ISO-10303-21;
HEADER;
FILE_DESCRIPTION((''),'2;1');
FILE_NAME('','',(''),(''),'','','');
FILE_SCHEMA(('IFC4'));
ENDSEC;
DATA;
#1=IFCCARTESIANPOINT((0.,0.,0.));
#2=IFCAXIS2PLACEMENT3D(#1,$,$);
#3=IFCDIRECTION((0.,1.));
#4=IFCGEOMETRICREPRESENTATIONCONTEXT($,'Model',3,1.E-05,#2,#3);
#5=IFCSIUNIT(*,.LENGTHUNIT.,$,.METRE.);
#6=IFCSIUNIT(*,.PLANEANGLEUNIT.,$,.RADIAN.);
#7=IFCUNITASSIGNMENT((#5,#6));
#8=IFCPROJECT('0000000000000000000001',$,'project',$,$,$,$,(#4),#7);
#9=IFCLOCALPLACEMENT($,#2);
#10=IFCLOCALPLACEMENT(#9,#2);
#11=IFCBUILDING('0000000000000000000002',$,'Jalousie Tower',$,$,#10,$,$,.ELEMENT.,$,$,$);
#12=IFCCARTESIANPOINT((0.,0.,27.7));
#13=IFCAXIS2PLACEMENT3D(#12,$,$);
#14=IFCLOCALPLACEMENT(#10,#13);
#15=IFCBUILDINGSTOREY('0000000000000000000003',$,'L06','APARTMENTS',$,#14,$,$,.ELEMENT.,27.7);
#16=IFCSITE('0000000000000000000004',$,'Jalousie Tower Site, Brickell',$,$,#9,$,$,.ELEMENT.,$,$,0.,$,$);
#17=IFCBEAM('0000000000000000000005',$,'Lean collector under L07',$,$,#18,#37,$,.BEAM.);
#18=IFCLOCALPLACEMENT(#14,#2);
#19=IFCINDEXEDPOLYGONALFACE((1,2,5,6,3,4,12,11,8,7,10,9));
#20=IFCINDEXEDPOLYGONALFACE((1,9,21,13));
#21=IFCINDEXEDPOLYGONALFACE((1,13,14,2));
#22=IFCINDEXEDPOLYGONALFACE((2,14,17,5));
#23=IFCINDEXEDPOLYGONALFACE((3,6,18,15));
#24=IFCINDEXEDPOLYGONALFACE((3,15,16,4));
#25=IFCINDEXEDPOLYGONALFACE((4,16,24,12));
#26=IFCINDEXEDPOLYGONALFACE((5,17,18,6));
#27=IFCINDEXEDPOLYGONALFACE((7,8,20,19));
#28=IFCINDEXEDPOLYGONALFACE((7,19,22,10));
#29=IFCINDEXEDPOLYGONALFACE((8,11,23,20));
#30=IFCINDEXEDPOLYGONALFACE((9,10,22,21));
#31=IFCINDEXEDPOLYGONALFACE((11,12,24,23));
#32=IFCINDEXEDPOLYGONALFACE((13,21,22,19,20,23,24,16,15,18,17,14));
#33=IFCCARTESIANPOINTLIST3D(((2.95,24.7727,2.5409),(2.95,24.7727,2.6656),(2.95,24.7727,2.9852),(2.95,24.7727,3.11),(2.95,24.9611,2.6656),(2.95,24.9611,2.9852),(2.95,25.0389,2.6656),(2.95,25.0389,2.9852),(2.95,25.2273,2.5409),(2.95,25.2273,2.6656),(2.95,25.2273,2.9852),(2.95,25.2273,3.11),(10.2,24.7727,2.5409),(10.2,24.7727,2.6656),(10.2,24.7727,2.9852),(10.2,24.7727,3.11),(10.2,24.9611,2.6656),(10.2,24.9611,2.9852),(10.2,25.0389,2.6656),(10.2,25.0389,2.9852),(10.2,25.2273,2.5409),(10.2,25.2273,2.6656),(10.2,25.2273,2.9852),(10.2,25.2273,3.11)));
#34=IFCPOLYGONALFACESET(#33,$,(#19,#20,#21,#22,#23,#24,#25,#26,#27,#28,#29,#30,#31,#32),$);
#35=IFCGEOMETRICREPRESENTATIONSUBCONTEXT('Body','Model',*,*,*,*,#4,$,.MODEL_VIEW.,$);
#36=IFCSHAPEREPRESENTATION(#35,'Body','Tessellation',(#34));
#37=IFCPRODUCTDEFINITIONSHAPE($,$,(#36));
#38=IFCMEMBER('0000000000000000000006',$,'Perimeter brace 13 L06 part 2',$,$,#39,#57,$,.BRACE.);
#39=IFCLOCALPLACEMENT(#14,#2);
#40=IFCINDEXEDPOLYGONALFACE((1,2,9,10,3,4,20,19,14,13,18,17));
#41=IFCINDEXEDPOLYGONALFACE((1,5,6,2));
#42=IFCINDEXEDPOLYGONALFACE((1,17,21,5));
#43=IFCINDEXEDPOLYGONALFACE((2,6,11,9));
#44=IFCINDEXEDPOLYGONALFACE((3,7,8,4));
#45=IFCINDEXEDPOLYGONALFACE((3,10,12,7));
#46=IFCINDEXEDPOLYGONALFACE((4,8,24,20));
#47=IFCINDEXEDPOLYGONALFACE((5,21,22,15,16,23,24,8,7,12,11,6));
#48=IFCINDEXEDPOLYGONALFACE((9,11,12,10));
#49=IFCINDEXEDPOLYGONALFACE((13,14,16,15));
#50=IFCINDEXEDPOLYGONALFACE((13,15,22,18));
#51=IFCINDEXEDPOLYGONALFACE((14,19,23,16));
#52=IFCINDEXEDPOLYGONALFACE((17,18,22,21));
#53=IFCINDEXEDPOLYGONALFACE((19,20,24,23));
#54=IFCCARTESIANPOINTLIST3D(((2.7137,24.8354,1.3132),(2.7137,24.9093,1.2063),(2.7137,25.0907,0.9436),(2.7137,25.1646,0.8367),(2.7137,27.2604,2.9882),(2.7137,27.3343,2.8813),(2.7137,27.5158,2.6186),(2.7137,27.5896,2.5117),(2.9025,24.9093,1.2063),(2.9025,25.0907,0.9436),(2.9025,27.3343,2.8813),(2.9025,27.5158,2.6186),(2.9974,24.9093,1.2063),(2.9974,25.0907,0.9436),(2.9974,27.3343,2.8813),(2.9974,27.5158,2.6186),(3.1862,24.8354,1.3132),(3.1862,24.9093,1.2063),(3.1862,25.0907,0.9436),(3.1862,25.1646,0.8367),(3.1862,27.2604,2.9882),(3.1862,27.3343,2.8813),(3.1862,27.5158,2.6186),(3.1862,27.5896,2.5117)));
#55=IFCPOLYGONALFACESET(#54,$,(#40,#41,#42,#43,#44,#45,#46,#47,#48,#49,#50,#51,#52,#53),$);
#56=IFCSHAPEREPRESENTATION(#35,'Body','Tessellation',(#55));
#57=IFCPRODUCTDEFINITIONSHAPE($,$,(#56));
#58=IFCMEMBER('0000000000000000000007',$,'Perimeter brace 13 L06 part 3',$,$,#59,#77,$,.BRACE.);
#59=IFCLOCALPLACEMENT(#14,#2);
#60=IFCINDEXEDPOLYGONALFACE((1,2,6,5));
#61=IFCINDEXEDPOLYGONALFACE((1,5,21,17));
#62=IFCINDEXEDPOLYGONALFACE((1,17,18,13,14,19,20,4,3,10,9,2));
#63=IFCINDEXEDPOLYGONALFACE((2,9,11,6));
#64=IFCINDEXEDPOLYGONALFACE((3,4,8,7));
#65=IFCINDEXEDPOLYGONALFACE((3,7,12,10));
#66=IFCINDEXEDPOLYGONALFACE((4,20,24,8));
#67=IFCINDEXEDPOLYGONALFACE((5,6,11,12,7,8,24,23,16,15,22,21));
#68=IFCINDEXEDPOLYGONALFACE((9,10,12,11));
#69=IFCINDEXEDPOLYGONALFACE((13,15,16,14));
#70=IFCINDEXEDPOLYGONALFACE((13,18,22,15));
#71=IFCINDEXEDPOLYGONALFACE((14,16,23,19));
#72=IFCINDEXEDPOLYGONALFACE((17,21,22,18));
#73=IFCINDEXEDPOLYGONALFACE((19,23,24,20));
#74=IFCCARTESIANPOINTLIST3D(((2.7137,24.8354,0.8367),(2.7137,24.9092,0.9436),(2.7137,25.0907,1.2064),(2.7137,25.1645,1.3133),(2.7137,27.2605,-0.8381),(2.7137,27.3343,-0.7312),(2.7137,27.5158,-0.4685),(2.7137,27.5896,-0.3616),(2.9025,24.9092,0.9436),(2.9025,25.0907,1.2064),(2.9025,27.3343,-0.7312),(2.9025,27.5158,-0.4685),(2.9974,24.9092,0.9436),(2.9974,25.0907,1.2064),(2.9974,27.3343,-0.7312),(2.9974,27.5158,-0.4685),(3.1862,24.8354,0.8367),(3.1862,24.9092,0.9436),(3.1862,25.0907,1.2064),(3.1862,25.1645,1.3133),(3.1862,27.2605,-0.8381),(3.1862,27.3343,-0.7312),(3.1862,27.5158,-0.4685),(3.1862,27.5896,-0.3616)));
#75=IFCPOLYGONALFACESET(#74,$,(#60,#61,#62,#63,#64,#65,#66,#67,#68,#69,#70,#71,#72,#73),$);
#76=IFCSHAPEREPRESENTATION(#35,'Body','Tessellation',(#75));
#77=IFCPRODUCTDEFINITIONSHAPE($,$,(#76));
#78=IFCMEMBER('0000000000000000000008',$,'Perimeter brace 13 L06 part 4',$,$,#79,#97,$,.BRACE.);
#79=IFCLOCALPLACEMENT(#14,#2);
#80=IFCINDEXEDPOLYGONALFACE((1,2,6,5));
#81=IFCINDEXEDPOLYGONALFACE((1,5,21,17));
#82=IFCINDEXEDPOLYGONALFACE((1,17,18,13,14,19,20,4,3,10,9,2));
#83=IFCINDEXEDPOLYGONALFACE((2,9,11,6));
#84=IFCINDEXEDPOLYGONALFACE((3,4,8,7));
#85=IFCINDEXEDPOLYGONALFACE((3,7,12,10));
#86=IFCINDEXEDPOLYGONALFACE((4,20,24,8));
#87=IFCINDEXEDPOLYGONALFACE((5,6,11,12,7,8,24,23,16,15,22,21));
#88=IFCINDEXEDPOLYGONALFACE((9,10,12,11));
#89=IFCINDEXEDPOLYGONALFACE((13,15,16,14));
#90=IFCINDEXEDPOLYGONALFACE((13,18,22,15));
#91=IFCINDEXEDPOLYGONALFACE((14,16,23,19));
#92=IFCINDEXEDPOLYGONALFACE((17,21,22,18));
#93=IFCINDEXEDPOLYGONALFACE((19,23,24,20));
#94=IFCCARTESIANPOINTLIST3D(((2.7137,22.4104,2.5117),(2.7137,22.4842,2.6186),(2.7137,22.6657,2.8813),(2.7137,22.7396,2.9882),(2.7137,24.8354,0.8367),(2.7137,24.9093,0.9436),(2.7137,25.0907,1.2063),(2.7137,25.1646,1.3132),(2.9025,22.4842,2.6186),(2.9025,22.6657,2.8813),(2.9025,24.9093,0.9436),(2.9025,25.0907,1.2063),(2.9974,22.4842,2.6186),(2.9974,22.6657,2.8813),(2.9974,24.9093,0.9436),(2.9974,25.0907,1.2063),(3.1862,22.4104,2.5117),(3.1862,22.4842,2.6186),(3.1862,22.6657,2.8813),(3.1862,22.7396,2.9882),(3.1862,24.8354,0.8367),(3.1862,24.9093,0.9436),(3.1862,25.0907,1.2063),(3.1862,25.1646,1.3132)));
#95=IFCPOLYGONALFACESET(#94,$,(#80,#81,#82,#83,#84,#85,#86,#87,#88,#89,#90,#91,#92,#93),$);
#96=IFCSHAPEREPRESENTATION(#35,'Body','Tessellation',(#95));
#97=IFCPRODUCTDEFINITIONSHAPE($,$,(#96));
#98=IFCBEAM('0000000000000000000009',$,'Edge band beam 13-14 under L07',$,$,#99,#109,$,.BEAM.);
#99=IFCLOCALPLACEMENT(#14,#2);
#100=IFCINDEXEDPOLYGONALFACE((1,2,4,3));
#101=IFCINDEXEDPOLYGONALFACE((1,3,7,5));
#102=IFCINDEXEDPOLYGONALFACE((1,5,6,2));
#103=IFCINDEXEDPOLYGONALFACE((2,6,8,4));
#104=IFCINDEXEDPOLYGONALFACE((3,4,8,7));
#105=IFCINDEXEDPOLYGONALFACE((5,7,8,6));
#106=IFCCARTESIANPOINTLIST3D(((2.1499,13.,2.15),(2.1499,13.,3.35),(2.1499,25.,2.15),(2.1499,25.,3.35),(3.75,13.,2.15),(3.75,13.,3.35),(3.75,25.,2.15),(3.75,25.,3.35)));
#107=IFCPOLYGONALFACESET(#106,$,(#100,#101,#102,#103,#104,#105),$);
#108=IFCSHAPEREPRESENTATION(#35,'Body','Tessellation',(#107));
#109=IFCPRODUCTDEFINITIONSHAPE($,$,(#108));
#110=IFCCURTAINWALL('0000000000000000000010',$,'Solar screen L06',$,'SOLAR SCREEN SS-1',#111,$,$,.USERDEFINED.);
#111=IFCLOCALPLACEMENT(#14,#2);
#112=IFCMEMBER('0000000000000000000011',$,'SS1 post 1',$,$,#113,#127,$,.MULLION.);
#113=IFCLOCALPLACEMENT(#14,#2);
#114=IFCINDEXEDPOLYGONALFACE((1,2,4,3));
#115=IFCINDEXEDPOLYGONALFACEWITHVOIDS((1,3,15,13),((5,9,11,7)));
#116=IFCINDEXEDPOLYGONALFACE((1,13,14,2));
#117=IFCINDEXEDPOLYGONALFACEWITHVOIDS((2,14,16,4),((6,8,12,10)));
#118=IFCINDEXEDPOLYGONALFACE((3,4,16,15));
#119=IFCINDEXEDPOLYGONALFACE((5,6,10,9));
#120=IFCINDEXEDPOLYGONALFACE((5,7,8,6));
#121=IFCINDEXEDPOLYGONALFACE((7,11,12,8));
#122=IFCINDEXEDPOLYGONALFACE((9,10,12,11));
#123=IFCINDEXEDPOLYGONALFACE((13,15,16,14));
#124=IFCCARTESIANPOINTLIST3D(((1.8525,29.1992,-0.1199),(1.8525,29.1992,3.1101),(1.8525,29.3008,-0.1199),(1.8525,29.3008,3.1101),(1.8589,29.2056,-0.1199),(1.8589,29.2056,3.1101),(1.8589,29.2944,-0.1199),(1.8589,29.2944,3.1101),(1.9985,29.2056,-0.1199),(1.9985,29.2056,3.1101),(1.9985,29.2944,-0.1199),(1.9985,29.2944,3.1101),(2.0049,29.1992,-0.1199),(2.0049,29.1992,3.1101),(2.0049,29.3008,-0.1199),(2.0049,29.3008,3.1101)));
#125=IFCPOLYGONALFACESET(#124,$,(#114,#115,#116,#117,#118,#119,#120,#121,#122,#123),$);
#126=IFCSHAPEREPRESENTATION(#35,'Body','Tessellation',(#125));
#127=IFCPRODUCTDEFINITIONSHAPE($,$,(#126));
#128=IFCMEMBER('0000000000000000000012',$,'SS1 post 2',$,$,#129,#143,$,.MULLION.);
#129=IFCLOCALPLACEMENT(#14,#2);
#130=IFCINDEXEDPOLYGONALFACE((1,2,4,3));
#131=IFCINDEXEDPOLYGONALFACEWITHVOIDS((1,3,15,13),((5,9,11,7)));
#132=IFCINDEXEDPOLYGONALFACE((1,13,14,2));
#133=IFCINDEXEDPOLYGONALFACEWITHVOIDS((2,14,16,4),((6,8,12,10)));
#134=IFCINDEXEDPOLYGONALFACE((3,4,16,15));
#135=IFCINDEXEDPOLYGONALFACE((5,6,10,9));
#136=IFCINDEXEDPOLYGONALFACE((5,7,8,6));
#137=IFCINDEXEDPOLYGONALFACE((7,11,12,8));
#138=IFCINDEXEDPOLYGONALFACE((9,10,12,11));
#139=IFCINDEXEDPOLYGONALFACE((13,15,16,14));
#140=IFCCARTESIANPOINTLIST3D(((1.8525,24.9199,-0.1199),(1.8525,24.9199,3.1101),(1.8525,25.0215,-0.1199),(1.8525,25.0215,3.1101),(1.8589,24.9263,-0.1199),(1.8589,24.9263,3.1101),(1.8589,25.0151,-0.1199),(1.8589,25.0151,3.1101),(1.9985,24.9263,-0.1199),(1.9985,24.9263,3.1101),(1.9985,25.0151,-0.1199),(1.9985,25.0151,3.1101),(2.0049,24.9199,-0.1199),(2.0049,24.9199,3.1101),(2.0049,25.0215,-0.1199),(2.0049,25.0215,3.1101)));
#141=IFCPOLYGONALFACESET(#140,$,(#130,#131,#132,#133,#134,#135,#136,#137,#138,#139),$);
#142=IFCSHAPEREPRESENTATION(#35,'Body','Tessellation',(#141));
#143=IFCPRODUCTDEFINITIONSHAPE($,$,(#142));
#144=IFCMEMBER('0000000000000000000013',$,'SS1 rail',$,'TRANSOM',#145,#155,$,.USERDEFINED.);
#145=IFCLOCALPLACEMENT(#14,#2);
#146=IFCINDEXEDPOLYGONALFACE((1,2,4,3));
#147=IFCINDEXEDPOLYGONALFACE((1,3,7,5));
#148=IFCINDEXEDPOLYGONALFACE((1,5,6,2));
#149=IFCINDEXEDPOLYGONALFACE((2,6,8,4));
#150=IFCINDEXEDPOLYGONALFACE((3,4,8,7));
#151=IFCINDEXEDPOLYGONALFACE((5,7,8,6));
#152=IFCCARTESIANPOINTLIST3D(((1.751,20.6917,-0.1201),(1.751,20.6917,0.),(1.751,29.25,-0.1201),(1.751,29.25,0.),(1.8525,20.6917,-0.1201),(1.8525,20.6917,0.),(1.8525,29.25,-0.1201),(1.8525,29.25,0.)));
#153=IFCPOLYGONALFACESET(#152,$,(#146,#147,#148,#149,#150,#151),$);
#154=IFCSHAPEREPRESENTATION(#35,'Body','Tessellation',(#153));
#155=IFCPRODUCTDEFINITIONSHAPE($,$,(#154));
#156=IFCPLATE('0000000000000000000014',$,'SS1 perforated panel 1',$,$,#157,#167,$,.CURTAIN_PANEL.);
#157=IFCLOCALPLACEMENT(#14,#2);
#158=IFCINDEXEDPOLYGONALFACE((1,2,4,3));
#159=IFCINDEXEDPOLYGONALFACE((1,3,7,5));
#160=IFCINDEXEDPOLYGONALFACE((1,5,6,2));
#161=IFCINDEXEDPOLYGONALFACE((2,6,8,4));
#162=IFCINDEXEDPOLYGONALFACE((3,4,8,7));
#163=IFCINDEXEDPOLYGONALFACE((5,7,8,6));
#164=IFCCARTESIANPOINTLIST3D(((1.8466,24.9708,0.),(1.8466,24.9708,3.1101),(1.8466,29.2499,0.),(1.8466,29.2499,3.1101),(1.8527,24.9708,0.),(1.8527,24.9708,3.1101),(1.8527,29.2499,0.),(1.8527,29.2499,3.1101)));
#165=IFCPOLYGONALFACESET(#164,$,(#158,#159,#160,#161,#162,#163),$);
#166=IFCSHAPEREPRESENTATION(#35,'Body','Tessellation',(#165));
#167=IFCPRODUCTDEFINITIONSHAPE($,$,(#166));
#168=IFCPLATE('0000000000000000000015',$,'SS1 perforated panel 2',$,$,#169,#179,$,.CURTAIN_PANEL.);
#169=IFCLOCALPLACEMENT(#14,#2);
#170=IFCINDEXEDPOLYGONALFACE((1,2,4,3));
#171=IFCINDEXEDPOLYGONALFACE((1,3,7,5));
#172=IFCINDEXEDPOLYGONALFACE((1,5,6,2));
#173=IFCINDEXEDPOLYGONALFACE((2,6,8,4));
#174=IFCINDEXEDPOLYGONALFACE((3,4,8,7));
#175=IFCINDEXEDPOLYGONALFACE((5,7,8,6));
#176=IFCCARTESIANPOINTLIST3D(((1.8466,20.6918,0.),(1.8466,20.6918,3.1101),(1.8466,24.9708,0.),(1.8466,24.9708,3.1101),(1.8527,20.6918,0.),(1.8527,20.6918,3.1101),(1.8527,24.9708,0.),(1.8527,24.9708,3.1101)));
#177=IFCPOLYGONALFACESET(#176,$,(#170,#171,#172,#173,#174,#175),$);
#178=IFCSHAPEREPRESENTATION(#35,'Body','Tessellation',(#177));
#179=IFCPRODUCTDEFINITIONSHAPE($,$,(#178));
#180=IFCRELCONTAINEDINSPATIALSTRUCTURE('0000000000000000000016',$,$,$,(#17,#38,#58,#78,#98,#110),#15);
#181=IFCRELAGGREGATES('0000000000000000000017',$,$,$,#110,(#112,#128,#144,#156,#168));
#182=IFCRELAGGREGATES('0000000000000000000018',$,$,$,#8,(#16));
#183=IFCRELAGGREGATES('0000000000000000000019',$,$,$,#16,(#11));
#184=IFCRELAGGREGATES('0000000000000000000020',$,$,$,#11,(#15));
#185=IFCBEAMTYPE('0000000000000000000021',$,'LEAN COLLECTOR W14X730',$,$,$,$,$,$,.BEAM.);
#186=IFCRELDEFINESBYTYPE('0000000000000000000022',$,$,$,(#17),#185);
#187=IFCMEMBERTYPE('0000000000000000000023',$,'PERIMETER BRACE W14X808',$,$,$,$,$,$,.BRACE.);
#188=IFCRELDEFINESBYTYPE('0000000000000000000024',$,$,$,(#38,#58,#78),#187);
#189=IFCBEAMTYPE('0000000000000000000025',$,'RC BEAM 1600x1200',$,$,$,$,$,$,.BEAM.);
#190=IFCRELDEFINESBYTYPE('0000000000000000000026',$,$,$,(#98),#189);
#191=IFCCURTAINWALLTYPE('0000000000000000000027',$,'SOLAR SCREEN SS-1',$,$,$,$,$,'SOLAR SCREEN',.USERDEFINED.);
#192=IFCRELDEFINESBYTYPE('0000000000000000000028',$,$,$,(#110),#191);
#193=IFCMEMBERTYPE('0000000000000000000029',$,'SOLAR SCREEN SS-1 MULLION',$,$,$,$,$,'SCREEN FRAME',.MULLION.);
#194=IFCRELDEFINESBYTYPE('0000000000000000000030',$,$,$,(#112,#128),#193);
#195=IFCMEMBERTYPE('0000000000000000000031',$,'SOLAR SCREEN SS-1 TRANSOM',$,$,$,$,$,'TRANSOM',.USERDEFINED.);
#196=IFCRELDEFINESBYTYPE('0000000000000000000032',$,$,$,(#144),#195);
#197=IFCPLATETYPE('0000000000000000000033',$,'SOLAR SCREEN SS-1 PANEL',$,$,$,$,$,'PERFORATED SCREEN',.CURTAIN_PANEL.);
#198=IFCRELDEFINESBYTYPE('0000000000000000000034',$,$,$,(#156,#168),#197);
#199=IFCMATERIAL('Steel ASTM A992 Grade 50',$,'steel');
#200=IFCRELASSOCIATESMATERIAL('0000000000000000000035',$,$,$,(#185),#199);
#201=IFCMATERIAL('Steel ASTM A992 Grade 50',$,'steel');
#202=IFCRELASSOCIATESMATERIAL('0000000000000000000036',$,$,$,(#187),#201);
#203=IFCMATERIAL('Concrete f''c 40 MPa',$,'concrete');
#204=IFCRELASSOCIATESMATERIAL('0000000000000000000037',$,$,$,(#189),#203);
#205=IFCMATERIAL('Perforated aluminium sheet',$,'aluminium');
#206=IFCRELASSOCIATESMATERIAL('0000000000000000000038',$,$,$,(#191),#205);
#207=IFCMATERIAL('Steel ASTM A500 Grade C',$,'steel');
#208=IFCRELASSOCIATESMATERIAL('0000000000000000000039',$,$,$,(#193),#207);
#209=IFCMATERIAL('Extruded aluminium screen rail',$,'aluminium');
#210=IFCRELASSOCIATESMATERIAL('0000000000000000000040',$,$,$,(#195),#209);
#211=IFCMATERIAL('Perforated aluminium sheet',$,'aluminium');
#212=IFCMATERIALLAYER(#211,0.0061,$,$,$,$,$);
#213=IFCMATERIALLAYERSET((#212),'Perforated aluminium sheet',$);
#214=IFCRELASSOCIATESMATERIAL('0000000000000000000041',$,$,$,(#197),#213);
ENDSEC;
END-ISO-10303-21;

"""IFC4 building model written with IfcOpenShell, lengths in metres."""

from ifc_helpers import new_model, si_unit, direction, frame, origin, origin_2d, place, context, subcontext, project, spatial, rectangle, hollow_rectangle, i_section, extrude, material, layer, layer_set, material_profile, profile_set, type_object, element, aggregate, save


model = new_model("IFC4")

# Units and contexts
model_context = context("Model", 3, precision=1e-05, world=origin(), true_north=direction((0.0, 1.0)))
body_context = subcontext(model_context, "Body", "Model", "MODEL_VIEW")
ifc_project = project(units=[si_unit("LENGTHUNIT", "METRE"), si_unit("PLANEANGLEUNIT", "RADIAN")], contexts=[model_context])

# Site, building, storey
site_placement = place(None, origin())
site = spatial("IfcSite", under=ifc_project, at=site_placement, Name="Jalousie Tower Site, Brickell", CompositionType="ELEMENT", RefElevation=0.0)
building_placement = place(site_placement, origin())
building = spatial("IfcBuilding", under=site, at=building_placement, Name="Jalousie Tower", CompositionType="ELEMENT")
storey_placement = place(building_placement, frame((0.0, 0.0, 27.7)))
storey = spatial("IfcBuildingStorey", under=building, at=storey_placement, Name="L06", Description="APARTMENTS", CompositionType="ELEMENT", Elevation=27.7)

# Beam
ifc_material_1 = material(Name="Steel ASTM A992 Grade 50", Category="steel")
ifc_material_profile_1 = material_profile(ifc_material_1, i_section(OverallWidth=0.4546, OverallDepth=0.5691, WebThickness=0.0779, FlangeThickness=0.1248, at=origin_2d()), Name="W14X730")
ifc_profile_set_1 = profile_set([ifc_material_profile_1], Name="Steel ASTM A992 Grade 50")
beam_type_1 = type_object("IfcBeamType", Name="LEAN COLLECTOR W14X730", PredefinedType="BEAM", material=ifc_profile_set_1)
beam_1_placement = place(storey_placement, frame((2.95, 25.0, 2.8254), z_axis=(1.0, 0.0, 0.0), x_axis=(0.0, 1.0, 0.0)))
element("IfcBeam", 1, at=beam_1_placement, inside=storey, type_object=beam_type_1, Name="Lean collector under L07", PredefinedType="BEAM", context=body_context, shape_type="SweptSolid", body=[
    extrude(i_section(OverallWidth=0.4546, OverallDepth=0.5691, WebThickness=0.0779, FlangeThickness=0.1248, at=origin_2d()), origin(), (0.0, 0.0, 1.0), 7.25),
])

# Members
ifc_material_2 = material(Name="Steel ASTM A992 Grade 50", Category="steel")
ifc_material_profile_2 = material_profile(ifc_material_2, i_section(OverallWidth=0.4724, OverallDepth=0.5791, WebThickness=0.095, FlangeThickness=0.1299, at=origin_2d()), Name="W14X808")
ifc_profile_set_2 = profile_set([ifc_material_profile_2], Name="Steel ASTM A992 Grade 50")
member_type_1 = type_object("IfcMemberType", Name="PERIMETER BRACE W14X808", PredefinedType="BRACE", material=ifc_profile_set_2)
for number, where, z_axis, x_axis, name in (
    (2, (2.95, 25.0, 1.075), (0.0, 0.8228, 0.568331), (-1.0, 0.0, 0.0), "Perimeter brace 13 L06 part 2"),
    (3, (2.95, 27.425, -0.5999), (0.0, -0.822839, 0.568275), (1.0, 0.0, 0.0), "Perimeter brace 13 L06 part 3"),
    (4, (2.95, 25.0, 1.075), (0.0, -0.8228, 0.568331), (1.0, 0.0, 0.0), "Perimeter brace 13 L06 part 4"),
):
    element("IfcMember", number, at=place(storey_placement, frame(where, z_axis=z_axis, x_axis=x_axis)), inside=storey, type_object=member_type_1, Name=name, PredefinedType="BRACE", context=body_context, shape_type="SweptSolid", body=[
        extrude(i_section(OverallWidth=0.4724, OverallDepth=0.5791, WebThickness=0.095, FlangeThickness=0.1299, at=origin_2d()), origin(), (0.0, 0.0, 1.0), 2.9473),
    ])

# Beam
ifc_material_3 = material(Name="Concrete f'c 40 MPa", Category="concrete")
ifc_material_profile_3 = material_profile(ifc_material_3, rectangle(XDim=1.6001, YDim=1.2, at=origin_2d()), Name="RC 1600x1200")
ifc_profile_set_3 = profile_set([ifc_material_profile_3], Name="Concrete f'c 40 MPa")
beam_type_2 = type_object("IfcBeamType", Name="RC BEAM 1600x1200", PredefinedType="BEAM", material=ifc_profile_set_3)
beam_2_placement = place(storey_placement, frame((2.95, 25.0, 2.75), z_axis=(0.0, -1.0, 0.0), x_axis=(1.0, 0.0, 0.0)))
element("IfcBeam", 5, at=beam_2_placement, inside=storey, type_object=beam_type_2, Name="Edge band beam 13-14 under L07", PredefinedType="BEAM", context=body_context, shape_type="SweptSolid", body=[
    extrude(rectangle(XDim=1.6001, YDim=1.2, at=origin_2d()), origin(), (0.0, 0.0, 1.0), 12.0),
])

# Curtain wall, members, plates
ifc_material_4 = material(Name="Perforated aluminium sheet", Category="aluminium")
curtain_wall_type = type_object("IfcCurtainWallType", Name="SOLAR SCREEN SS-1", ElementType="SOLAR SCREEN", PredefinedType="USERDEFINED", material=ifc_material_4)
curtain_wall_placement = place(storey_placement, origin())
curtain_wall = element("IfcCurtainWall", 6, at=curtain_wall_placement, inside=storey, type_object=curtain_wall_type, Name="Solar screen L06", ObjectType="SOLAR SCREEN SS-1", PredefinedType="USERDEFINED")
ifc_material_5 = material(Name="Steel ASTM A500 Grade C", Category="steel")
ifc_material_profile_4 = material_profile(ifc_material_5, hollow_rectangle(XDim=0.1016, YDim=0.1523, WallThickness=0.0063, at=origin_2d()), Name="HSS6X4X1/4")
ifc_profile_set_4 = profile_set([ifc_material_profile_4], Name="Steel ASTM A500 Grade C")
member_type_2 = type_object("IfcMemberType", Name="SOLAR SCREEN SS-1 MULLION", ElementType="SCREEN FRAME", PredefinedType="MULLION", material=ifc_profile_set_4)
member_1_placement = place(storey_placement, frame((1.9287, 29.25, -0.1199), z_axis=(0.0, 0.0, 1.0), x_axis=(0.0, -1.0, 0.0)))
member_1 = element("IfcMember", 7, at=member_1_placement, type_object=member_type_2, Name="SS1 post 1", PredefinedType="MULLION", context=body_context, shape_type="SweptSolid", body=[
    extrude(hollow_rectangle(XDim=0.1016, YDim=0.1523, WallThickness=0.0063, at=origin_2d()), origin(), (0.0, 0.0, 1.0), 3.23),
])
member_2_placement = place(storey_placement, frame((1.9287, 24.9707, -0.1199), z_axis=(0.0, 0.0, 1.0), x_axis=(0.0, -1.0, 0.0)))
member_2 = element("IfcMember", 8, at=member_2_placement, type_object=member_type_2, Name="SS1 post 2", PredefinedType="MULLION", context=body_context, shape_type="SweptSolid", body=[
    extrude(hollow_rectangle(XDim=0.1016, YDim=0.1523, WallThickness=0.0063, at=origin_2d()), origin(), (0.0, 0.0, 1.0), 3.23),
])
ifc_material_6 = material(Name="Extruded aluminium screen rail", Category="aluminium")
ifc_material_profile_5 = material_profile(ifc_material_6, rectangle(XDim=0.1016, YDim=0.1201, at=origin_2d()), Name="RAIL 102x120")
ifc_profile_set_5 = profile_set([ifc_material_profile_5], Name="Extruded aluminium screen rail")
member_type_3 = type_object("IfcMemberType", Name="SOLAR SCREEN SS-1 TRANSOM", ElementType="TRANSOM", PredefinedType="USERDEFINED", material=ifc_profile_set_5)
member_3_placement = place(storey_placement, frame((1.8018, 29.25, -0.0601), z_axis=(0.0, -1.0, 0.0), x_axis=(1.0, 0.0, 0.0)))
member_3 = element("IfcMember", 9, at=member_3_placement, type_object=member_type_3, Name="SS1 rail", ObjectType="TRANSOM", PredefinedType="USERDEFINED", context=body_context, shape_type="SweptSolid", body=[
    extrude(rectangle(XDim=0.1016, YDim=0.1201, at=origin_2d()), origin(), (0.0, 0.0, 1.0), 8.5583),
])
ifc_material_7 = material(Name="Perforated aluminium sheet", Category="aluminium")
ifc_layer = layer(ifc_material_7, 0.0061)
ifc_layer_set = layer_set([ifc_layer], Name="Perforated aluminium sheet")
plate_type = type_object("IfcPlateType", Name="SOLAR SCREEN SS-1 PANEL", ElementType="PERFORATED SCREEN", PredefinedType="CURTAIN_PANEL", material=ifc_layer_set)
plate_1_placement = place(storey_placement, frame((1.8496, 27.1104, 0.0), z_axis=(0.0, 0.0, 1.0), x_axis=(0.0, -1.0, 0.0)))
plate_1 = element("IfcPlate", 10, at=plate_1_placement, type_object=plate_type, Name="SS1 perforated panel 1", PredefinedType="CURTAIN_PANEL", context=body_context, shape_type="SweptSolid", body=[
    extrude(rectangle(XDim=4.2791, YDim=0.0061, at=origin_2d()), origin(), (0.0, 0.0, 1.0), 3.1101),
])
plate_2_placement = place(storey_placement, frame((1.8496, 22.8313, 0.0), z_axis=(0.0, 0.0, 1.0), x_axis=(0.0, -1.0, 0.0)))
plate_2 = element("IfcPlate", 11, at=plate_2_placement, type_object=plate_type, Name="SS1 perforated panel 2", PredefinedType="CURTAIN_PANEL", context=body_context, shape_type="SweptSolid", body=[
    extrude(rectangle(XDim=4.2791, YDim=0.0061, at=origin_2d()), origin(), (0.0, 0.0, 1.0), 3.1101),
])
aggregate(curtain_wall, [member_1, member_2, member_3, plate_1, plate_2])

save(model, "model.ifc")
